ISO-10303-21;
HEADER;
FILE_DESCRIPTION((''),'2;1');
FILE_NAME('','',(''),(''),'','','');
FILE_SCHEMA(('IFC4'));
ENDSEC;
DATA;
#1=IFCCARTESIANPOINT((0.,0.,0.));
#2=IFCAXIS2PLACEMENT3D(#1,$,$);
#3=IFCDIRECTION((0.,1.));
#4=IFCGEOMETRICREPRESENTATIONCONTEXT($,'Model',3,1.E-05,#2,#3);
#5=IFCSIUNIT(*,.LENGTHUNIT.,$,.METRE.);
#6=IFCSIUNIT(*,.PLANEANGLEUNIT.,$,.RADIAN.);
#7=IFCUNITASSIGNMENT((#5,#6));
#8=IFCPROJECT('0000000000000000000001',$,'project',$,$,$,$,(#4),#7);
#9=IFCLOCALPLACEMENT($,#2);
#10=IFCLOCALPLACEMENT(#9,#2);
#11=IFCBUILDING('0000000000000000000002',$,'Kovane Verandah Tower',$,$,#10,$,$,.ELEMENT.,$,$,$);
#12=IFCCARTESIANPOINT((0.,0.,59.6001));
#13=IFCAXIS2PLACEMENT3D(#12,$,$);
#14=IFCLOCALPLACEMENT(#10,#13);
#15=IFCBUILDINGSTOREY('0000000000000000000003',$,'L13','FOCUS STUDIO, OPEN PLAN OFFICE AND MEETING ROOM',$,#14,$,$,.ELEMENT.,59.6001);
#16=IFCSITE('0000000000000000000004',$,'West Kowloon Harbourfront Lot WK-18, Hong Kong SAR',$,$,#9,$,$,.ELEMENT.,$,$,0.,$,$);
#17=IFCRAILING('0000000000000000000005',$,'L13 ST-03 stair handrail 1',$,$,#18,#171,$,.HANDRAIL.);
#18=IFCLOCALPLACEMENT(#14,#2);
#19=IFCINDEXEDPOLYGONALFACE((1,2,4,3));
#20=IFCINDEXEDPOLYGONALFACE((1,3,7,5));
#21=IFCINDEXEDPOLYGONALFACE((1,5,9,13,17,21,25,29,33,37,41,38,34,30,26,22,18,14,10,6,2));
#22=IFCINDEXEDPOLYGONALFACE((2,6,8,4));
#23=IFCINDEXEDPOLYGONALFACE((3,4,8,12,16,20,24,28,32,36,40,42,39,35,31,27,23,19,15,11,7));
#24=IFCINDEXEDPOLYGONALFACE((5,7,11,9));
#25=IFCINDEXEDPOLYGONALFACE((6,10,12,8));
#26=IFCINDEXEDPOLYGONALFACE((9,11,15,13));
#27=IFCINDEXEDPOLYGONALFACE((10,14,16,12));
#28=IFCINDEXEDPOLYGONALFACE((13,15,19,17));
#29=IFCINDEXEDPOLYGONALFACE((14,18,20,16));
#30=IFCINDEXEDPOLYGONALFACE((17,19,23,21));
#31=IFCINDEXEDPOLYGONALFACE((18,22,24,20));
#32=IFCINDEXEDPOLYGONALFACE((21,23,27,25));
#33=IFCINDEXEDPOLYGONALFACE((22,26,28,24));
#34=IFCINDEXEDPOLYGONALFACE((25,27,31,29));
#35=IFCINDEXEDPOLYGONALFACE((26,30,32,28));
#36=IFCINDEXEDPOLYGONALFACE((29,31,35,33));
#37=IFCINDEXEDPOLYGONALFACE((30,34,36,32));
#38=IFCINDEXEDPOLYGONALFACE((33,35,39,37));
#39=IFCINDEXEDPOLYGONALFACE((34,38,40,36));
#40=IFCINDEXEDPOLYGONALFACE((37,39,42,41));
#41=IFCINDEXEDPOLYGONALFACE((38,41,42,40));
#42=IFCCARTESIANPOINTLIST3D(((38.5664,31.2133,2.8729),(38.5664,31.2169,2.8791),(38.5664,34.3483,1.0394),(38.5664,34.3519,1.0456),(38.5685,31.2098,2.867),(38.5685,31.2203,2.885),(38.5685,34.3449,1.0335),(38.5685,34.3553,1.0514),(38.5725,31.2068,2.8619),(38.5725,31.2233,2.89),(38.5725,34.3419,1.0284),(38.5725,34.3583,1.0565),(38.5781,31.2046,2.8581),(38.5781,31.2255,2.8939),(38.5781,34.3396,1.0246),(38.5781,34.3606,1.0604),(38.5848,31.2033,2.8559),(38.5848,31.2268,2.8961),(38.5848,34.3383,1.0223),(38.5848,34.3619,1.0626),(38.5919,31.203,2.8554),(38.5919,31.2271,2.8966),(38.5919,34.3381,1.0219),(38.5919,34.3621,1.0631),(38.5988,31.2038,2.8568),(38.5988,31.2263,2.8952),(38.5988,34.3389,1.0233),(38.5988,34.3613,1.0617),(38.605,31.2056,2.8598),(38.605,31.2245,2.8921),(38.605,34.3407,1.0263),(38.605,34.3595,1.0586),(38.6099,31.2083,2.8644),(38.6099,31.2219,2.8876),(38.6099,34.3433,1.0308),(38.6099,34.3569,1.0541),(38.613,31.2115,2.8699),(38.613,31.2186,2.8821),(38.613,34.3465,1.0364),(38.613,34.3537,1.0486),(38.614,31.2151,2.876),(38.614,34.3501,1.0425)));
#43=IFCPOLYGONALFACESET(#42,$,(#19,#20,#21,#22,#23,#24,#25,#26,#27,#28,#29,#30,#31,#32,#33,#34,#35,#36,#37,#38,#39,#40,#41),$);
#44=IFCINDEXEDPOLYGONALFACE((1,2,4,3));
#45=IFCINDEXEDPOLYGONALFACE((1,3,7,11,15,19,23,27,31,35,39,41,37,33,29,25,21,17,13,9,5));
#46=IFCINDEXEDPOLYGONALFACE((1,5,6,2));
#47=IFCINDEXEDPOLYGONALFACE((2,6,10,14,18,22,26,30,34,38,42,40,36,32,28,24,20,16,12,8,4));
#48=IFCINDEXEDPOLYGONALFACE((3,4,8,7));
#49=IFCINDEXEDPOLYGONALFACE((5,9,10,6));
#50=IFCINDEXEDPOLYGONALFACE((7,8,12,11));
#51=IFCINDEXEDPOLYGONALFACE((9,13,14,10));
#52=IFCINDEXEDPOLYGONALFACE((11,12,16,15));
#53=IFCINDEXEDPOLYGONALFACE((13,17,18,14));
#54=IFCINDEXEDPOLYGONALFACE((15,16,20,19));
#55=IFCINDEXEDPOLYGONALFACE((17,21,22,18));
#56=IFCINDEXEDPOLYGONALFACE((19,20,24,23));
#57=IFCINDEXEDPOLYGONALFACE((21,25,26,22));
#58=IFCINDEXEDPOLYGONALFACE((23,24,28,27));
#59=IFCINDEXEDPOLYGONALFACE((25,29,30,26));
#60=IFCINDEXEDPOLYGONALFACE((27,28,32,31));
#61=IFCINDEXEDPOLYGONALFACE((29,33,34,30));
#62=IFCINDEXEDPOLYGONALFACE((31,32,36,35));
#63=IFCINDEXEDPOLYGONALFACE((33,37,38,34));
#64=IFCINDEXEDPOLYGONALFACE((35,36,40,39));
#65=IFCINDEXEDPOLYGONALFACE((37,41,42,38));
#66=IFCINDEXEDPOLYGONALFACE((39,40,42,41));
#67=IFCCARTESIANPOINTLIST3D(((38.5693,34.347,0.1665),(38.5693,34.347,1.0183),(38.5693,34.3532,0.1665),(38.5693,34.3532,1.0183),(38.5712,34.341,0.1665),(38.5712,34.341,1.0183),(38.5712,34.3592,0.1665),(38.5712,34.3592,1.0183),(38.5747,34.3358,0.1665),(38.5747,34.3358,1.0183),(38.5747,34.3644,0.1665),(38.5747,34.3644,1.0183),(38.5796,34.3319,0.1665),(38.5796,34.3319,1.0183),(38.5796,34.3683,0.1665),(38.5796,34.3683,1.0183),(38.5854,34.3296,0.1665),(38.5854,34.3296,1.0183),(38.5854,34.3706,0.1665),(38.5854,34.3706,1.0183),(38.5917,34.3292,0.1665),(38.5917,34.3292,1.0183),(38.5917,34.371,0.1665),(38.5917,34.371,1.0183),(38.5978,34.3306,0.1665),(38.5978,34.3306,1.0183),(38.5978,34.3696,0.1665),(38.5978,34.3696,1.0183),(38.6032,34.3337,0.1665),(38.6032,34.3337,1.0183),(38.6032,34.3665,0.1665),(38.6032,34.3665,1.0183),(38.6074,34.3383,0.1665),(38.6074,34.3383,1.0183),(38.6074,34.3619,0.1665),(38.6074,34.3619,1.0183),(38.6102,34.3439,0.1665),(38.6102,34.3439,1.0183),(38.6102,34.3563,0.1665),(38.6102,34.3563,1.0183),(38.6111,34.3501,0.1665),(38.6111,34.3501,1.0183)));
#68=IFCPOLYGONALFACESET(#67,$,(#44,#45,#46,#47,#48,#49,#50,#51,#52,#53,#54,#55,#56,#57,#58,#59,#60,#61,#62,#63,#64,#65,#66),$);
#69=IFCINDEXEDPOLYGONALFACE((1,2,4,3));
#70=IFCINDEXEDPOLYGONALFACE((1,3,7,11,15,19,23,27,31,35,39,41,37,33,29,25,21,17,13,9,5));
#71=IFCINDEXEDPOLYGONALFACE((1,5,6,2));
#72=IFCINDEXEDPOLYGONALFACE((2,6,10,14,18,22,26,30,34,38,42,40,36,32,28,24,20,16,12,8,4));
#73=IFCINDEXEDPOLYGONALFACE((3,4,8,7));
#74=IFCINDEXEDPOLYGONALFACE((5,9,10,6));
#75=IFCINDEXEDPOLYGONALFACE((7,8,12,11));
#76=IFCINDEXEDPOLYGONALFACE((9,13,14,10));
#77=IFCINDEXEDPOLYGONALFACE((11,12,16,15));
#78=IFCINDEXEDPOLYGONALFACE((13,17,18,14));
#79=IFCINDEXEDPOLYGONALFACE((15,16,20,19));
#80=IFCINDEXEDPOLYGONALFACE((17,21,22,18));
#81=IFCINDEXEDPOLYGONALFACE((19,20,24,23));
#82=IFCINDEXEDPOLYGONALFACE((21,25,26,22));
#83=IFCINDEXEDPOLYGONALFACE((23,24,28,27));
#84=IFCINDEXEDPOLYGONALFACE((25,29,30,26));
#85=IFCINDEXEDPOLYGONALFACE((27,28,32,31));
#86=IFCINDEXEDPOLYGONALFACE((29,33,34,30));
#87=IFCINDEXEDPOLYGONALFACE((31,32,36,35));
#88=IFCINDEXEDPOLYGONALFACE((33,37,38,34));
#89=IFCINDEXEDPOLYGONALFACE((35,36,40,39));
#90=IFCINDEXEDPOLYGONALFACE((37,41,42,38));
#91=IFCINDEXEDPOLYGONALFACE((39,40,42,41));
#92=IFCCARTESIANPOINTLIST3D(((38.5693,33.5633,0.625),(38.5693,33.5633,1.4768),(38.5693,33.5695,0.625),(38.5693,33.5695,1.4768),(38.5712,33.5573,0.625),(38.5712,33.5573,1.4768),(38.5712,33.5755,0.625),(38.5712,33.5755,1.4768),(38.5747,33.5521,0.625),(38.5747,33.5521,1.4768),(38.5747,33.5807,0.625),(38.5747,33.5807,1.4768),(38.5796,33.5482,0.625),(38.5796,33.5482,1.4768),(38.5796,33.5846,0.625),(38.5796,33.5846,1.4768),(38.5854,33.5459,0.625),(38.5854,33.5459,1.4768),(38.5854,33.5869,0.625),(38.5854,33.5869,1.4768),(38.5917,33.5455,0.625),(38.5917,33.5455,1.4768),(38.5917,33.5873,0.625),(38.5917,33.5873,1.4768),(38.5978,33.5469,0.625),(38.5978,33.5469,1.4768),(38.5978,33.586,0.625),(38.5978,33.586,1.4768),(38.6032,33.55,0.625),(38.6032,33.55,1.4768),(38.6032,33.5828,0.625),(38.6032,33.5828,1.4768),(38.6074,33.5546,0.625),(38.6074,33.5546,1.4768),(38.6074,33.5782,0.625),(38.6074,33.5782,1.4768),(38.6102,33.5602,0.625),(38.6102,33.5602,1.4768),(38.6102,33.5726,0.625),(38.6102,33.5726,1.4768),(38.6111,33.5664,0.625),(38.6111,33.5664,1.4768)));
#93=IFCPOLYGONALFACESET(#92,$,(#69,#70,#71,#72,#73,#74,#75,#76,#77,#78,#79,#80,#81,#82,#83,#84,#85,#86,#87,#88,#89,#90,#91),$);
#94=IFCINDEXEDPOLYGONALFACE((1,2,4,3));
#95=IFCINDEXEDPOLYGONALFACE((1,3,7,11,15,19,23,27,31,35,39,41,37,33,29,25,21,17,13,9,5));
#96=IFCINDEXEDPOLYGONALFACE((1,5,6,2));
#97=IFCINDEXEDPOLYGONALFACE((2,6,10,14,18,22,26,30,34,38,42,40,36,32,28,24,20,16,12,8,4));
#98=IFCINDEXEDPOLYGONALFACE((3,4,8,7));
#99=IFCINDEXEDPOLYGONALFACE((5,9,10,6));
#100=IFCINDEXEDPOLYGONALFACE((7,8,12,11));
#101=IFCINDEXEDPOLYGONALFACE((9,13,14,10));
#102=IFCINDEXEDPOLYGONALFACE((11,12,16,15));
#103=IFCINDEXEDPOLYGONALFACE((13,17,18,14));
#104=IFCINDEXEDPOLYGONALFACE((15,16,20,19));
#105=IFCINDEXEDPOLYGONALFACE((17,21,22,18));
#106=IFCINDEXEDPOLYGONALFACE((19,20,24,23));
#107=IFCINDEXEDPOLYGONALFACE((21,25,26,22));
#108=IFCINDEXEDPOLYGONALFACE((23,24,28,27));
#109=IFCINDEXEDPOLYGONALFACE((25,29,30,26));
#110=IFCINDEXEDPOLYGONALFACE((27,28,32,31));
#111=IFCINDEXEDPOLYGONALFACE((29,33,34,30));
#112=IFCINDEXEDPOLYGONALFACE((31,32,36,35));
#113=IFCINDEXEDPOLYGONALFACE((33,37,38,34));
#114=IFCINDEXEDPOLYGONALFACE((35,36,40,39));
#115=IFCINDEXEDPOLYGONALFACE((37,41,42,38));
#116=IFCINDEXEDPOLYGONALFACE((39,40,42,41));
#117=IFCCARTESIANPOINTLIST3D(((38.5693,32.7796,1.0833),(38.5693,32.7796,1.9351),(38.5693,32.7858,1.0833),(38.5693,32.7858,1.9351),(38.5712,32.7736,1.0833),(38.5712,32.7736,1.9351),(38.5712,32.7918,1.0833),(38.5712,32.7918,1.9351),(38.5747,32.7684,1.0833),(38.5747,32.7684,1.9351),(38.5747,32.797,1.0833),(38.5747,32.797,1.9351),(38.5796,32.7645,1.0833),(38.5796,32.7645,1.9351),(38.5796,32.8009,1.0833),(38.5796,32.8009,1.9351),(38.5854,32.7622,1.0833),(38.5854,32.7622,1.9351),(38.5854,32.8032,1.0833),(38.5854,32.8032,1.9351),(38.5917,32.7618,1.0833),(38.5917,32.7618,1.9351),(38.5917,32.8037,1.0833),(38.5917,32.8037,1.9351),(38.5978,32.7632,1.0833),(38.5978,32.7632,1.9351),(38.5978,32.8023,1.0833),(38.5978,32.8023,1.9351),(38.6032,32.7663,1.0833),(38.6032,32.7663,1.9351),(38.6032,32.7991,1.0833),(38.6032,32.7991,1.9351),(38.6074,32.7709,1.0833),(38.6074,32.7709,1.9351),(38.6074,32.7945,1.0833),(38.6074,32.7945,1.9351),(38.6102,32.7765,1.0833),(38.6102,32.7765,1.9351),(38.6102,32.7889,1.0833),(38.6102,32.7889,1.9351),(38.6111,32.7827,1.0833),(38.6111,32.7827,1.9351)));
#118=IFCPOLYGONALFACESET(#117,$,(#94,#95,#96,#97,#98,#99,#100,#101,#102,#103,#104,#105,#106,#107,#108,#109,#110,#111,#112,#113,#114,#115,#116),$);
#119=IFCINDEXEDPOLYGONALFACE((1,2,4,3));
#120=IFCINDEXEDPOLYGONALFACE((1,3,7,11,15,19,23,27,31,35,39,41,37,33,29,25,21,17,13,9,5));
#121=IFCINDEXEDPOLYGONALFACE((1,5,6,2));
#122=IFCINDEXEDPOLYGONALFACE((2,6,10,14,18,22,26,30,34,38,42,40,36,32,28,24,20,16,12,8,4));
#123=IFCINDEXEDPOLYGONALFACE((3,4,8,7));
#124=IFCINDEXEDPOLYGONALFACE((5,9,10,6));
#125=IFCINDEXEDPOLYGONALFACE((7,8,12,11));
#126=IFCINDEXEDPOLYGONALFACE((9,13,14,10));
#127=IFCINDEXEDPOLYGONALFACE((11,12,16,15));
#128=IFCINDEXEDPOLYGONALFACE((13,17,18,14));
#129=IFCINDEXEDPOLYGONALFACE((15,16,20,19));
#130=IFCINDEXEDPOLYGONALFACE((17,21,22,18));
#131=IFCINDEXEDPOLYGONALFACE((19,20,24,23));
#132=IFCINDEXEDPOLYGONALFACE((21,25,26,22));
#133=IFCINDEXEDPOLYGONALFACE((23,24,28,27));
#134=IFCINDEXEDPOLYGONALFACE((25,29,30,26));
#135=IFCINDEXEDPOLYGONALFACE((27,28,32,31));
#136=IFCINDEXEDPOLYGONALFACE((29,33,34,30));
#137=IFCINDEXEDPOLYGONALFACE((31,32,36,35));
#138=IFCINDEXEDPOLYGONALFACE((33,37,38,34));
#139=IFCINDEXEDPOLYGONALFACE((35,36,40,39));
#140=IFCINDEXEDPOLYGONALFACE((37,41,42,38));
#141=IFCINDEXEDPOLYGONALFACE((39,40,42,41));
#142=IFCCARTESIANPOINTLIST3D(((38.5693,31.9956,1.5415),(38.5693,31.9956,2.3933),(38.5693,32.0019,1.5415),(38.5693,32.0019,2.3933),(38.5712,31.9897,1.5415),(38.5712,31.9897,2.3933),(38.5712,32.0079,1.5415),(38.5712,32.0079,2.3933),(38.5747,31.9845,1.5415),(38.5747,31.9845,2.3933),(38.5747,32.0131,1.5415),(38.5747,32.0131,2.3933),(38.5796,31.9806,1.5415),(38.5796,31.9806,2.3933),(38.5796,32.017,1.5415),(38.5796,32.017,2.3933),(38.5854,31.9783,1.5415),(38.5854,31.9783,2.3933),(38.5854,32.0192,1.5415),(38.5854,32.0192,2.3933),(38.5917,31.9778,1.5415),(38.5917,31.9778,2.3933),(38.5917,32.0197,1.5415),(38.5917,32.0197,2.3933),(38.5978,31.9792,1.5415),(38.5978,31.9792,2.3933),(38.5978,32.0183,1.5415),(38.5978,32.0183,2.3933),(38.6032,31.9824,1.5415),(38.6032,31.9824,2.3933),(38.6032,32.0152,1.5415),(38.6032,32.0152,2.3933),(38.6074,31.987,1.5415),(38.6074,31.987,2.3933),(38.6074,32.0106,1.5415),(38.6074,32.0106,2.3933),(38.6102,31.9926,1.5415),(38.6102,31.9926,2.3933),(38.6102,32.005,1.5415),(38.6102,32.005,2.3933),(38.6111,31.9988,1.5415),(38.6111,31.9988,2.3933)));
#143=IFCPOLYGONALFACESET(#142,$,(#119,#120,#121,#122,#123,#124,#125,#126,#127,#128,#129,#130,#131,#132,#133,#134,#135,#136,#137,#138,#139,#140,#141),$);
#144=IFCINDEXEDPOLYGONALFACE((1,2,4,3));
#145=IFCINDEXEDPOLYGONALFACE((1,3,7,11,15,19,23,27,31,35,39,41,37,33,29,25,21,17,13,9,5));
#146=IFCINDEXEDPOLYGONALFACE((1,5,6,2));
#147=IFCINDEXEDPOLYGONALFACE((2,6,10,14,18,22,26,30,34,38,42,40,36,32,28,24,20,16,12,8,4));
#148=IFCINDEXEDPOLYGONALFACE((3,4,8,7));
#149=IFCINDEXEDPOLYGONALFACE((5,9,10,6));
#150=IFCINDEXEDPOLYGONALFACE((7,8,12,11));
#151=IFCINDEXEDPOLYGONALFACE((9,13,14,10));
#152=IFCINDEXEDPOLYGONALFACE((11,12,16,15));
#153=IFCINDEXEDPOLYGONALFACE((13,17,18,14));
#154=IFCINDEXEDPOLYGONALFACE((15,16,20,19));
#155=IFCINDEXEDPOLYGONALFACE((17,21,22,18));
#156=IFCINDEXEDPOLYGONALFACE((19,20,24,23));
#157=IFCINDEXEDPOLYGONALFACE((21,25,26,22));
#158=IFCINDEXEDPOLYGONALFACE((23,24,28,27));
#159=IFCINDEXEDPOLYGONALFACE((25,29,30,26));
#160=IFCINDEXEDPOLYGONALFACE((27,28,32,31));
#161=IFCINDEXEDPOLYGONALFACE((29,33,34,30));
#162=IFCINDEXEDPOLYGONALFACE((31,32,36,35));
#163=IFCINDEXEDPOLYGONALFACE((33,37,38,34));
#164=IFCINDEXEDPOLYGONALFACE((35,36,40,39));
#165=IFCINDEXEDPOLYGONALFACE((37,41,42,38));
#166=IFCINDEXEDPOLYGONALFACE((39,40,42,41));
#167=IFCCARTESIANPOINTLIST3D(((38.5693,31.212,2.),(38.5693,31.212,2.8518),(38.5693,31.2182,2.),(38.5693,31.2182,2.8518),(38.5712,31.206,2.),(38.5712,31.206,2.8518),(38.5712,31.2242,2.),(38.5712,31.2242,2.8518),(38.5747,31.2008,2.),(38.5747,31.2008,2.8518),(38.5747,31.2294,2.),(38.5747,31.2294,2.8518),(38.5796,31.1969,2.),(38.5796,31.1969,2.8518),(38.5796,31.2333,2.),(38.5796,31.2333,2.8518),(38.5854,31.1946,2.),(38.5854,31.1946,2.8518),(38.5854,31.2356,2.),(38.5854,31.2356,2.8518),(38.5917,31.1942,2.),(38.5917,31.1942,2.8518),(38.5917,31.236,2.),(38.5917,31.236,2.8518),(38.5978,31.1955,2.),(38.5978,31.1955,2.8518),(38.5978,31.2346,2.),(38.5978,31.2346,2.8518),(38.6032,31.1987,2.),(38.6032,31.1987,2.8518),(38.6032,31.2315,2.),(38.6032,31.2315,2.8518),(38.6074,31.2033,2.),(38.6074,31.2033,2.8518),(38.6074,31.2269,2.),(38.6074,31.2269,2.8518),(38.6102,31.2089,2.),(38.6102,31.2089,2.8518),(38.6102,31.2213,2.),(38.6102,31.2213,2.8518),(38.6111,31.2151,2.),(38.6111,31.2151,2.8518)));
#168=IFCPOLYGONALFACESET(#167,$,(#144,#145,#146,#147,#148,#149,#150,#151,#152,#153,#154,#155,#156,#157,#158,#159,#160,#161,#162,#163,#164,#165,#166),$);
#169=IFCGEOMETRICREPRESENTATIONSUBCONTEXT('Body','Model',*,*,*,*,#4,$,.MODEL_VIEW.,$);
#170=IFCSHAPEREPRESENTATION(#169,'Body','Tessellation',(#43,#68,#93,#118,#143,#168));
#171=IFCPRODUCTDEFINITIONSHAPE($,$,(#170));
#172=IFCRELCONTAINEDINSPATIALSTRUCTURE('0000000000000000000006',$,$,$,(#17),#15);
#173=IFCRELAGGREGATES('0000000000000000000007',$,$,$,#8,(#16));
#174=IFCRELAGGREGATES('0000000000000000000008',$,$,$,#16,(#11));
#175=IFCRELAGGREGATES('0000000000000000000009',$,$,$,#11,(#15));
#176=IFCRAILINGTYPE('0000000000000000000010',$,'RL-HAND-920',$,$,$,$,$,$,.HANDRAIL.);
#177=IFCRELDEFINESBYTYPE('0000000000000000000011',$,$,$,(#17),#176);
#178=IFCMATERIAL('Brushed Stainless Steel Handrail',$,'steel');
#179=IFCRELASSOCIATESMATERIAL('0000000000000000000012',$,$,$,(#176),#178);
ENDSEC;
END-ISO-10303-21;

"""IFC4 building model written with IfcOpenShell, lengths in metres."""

from ifc_helpers import new_model, si_unit, direction, frame, origin, origin_2d, place, context, subcontext, project, spatial, circle, extrude, material, type_object, element, save


model = new_model("IFC4")

# Units and contexts
model_context = context("Model", 3, precision=1e-05, world=origin(), true_north=direction((0.0, 1.0)))
body_context = subcontext(model_context, "Body", "Model", "MODEL_VIEW")
ifc_project = project(units=[si_unit("LENGTHUNIT", "METRE"), si_unit("PLANEANGLEUNIT", "RADIAN")], contexts=[model_context])

# Site, building, storey
site_placement = place(None, origin())
site = spatial("IfcSite", under=ifc_project, at=site_placement, Name="West Kowloon Harbourfront Lot WK-18, Hong Kong SAR", CompositionType="ELEMENT", RefElevation=0.0)
building_placement = place(site_placement, origin())
building = spatial("IfcBuilding", under=site, at=building_placement, Name="Kovane Verandah Tower", CompositionType="ELEMENT")
storey_placement = place(building_placement, frame((0.0, 0.0, 59.6001)))
storey = spatial("IfcBuildingStorey", under=building, at=storey_placement, Name="L13", Description="FOCUS STUDIO, OPEN PLAN OFFICE AND MEETING ROOM", CompositionType="ELEMENT", Elevation=59.6001)

# Railing
ifc_material_1 = material(Name="Brushed Stainless Steel Handrail", Category="steel")
railing_type_1 = type_object("IfcRailingType", Name="RL-HAND-920", PredefinedType="HANDRAIL", material=ifc_material_1)
railing_1_placement = place(storey_placement, frame((38.5901, 34.3501, 0.1665)))
element("IfcRailing", 1, at=railing_1_placement, inside=storey, type_object=railing_type_1, Name="L13 ST-03 stair handrail 1", PredefinedType="HANDRAIL", context=body_context, shape_type="SweptSolid", body=[
    extrude(circle(Radius=0.0239, at=origin_2d()), frame((0.0, 0.0, 0.876), z_axis=(0.0, -0.86321, 0.504845), x_axis=(1.0, 0.0, 0.0)), (0.0, 0.0, 1.0), 3.6318),
    extrude(circle(Radius=0.021, at=origin_2d()), origin(), (0.0, 0.0, 1.0), 0.8518),
    extrude(circle(Radius=0.021, at=origin_2d()), frame((0.0, -0.7837, 0.4585)), (0.0, 0.0, 1.0), 0.8518),
    extrude(circle(Radius=0.021, at=origin_2d()), frame((0.0, -1.5674, 0.9167)), (0.0, 0.0, 1.0), 0.8518),
    extrude(circle(Radius=0.021, at=origin_2d()), frame((0.0, -2.3513, 1.375)), (0.0, 0.0, 1.0), 0.8518),
    extrude(circle(Radius=0.021, at=origin_2d()), frame((0.0, -3.135, 1.8335)), (0.0, 0.0, 1.0), 0.8518),
])

save(model, "model.ifc")
